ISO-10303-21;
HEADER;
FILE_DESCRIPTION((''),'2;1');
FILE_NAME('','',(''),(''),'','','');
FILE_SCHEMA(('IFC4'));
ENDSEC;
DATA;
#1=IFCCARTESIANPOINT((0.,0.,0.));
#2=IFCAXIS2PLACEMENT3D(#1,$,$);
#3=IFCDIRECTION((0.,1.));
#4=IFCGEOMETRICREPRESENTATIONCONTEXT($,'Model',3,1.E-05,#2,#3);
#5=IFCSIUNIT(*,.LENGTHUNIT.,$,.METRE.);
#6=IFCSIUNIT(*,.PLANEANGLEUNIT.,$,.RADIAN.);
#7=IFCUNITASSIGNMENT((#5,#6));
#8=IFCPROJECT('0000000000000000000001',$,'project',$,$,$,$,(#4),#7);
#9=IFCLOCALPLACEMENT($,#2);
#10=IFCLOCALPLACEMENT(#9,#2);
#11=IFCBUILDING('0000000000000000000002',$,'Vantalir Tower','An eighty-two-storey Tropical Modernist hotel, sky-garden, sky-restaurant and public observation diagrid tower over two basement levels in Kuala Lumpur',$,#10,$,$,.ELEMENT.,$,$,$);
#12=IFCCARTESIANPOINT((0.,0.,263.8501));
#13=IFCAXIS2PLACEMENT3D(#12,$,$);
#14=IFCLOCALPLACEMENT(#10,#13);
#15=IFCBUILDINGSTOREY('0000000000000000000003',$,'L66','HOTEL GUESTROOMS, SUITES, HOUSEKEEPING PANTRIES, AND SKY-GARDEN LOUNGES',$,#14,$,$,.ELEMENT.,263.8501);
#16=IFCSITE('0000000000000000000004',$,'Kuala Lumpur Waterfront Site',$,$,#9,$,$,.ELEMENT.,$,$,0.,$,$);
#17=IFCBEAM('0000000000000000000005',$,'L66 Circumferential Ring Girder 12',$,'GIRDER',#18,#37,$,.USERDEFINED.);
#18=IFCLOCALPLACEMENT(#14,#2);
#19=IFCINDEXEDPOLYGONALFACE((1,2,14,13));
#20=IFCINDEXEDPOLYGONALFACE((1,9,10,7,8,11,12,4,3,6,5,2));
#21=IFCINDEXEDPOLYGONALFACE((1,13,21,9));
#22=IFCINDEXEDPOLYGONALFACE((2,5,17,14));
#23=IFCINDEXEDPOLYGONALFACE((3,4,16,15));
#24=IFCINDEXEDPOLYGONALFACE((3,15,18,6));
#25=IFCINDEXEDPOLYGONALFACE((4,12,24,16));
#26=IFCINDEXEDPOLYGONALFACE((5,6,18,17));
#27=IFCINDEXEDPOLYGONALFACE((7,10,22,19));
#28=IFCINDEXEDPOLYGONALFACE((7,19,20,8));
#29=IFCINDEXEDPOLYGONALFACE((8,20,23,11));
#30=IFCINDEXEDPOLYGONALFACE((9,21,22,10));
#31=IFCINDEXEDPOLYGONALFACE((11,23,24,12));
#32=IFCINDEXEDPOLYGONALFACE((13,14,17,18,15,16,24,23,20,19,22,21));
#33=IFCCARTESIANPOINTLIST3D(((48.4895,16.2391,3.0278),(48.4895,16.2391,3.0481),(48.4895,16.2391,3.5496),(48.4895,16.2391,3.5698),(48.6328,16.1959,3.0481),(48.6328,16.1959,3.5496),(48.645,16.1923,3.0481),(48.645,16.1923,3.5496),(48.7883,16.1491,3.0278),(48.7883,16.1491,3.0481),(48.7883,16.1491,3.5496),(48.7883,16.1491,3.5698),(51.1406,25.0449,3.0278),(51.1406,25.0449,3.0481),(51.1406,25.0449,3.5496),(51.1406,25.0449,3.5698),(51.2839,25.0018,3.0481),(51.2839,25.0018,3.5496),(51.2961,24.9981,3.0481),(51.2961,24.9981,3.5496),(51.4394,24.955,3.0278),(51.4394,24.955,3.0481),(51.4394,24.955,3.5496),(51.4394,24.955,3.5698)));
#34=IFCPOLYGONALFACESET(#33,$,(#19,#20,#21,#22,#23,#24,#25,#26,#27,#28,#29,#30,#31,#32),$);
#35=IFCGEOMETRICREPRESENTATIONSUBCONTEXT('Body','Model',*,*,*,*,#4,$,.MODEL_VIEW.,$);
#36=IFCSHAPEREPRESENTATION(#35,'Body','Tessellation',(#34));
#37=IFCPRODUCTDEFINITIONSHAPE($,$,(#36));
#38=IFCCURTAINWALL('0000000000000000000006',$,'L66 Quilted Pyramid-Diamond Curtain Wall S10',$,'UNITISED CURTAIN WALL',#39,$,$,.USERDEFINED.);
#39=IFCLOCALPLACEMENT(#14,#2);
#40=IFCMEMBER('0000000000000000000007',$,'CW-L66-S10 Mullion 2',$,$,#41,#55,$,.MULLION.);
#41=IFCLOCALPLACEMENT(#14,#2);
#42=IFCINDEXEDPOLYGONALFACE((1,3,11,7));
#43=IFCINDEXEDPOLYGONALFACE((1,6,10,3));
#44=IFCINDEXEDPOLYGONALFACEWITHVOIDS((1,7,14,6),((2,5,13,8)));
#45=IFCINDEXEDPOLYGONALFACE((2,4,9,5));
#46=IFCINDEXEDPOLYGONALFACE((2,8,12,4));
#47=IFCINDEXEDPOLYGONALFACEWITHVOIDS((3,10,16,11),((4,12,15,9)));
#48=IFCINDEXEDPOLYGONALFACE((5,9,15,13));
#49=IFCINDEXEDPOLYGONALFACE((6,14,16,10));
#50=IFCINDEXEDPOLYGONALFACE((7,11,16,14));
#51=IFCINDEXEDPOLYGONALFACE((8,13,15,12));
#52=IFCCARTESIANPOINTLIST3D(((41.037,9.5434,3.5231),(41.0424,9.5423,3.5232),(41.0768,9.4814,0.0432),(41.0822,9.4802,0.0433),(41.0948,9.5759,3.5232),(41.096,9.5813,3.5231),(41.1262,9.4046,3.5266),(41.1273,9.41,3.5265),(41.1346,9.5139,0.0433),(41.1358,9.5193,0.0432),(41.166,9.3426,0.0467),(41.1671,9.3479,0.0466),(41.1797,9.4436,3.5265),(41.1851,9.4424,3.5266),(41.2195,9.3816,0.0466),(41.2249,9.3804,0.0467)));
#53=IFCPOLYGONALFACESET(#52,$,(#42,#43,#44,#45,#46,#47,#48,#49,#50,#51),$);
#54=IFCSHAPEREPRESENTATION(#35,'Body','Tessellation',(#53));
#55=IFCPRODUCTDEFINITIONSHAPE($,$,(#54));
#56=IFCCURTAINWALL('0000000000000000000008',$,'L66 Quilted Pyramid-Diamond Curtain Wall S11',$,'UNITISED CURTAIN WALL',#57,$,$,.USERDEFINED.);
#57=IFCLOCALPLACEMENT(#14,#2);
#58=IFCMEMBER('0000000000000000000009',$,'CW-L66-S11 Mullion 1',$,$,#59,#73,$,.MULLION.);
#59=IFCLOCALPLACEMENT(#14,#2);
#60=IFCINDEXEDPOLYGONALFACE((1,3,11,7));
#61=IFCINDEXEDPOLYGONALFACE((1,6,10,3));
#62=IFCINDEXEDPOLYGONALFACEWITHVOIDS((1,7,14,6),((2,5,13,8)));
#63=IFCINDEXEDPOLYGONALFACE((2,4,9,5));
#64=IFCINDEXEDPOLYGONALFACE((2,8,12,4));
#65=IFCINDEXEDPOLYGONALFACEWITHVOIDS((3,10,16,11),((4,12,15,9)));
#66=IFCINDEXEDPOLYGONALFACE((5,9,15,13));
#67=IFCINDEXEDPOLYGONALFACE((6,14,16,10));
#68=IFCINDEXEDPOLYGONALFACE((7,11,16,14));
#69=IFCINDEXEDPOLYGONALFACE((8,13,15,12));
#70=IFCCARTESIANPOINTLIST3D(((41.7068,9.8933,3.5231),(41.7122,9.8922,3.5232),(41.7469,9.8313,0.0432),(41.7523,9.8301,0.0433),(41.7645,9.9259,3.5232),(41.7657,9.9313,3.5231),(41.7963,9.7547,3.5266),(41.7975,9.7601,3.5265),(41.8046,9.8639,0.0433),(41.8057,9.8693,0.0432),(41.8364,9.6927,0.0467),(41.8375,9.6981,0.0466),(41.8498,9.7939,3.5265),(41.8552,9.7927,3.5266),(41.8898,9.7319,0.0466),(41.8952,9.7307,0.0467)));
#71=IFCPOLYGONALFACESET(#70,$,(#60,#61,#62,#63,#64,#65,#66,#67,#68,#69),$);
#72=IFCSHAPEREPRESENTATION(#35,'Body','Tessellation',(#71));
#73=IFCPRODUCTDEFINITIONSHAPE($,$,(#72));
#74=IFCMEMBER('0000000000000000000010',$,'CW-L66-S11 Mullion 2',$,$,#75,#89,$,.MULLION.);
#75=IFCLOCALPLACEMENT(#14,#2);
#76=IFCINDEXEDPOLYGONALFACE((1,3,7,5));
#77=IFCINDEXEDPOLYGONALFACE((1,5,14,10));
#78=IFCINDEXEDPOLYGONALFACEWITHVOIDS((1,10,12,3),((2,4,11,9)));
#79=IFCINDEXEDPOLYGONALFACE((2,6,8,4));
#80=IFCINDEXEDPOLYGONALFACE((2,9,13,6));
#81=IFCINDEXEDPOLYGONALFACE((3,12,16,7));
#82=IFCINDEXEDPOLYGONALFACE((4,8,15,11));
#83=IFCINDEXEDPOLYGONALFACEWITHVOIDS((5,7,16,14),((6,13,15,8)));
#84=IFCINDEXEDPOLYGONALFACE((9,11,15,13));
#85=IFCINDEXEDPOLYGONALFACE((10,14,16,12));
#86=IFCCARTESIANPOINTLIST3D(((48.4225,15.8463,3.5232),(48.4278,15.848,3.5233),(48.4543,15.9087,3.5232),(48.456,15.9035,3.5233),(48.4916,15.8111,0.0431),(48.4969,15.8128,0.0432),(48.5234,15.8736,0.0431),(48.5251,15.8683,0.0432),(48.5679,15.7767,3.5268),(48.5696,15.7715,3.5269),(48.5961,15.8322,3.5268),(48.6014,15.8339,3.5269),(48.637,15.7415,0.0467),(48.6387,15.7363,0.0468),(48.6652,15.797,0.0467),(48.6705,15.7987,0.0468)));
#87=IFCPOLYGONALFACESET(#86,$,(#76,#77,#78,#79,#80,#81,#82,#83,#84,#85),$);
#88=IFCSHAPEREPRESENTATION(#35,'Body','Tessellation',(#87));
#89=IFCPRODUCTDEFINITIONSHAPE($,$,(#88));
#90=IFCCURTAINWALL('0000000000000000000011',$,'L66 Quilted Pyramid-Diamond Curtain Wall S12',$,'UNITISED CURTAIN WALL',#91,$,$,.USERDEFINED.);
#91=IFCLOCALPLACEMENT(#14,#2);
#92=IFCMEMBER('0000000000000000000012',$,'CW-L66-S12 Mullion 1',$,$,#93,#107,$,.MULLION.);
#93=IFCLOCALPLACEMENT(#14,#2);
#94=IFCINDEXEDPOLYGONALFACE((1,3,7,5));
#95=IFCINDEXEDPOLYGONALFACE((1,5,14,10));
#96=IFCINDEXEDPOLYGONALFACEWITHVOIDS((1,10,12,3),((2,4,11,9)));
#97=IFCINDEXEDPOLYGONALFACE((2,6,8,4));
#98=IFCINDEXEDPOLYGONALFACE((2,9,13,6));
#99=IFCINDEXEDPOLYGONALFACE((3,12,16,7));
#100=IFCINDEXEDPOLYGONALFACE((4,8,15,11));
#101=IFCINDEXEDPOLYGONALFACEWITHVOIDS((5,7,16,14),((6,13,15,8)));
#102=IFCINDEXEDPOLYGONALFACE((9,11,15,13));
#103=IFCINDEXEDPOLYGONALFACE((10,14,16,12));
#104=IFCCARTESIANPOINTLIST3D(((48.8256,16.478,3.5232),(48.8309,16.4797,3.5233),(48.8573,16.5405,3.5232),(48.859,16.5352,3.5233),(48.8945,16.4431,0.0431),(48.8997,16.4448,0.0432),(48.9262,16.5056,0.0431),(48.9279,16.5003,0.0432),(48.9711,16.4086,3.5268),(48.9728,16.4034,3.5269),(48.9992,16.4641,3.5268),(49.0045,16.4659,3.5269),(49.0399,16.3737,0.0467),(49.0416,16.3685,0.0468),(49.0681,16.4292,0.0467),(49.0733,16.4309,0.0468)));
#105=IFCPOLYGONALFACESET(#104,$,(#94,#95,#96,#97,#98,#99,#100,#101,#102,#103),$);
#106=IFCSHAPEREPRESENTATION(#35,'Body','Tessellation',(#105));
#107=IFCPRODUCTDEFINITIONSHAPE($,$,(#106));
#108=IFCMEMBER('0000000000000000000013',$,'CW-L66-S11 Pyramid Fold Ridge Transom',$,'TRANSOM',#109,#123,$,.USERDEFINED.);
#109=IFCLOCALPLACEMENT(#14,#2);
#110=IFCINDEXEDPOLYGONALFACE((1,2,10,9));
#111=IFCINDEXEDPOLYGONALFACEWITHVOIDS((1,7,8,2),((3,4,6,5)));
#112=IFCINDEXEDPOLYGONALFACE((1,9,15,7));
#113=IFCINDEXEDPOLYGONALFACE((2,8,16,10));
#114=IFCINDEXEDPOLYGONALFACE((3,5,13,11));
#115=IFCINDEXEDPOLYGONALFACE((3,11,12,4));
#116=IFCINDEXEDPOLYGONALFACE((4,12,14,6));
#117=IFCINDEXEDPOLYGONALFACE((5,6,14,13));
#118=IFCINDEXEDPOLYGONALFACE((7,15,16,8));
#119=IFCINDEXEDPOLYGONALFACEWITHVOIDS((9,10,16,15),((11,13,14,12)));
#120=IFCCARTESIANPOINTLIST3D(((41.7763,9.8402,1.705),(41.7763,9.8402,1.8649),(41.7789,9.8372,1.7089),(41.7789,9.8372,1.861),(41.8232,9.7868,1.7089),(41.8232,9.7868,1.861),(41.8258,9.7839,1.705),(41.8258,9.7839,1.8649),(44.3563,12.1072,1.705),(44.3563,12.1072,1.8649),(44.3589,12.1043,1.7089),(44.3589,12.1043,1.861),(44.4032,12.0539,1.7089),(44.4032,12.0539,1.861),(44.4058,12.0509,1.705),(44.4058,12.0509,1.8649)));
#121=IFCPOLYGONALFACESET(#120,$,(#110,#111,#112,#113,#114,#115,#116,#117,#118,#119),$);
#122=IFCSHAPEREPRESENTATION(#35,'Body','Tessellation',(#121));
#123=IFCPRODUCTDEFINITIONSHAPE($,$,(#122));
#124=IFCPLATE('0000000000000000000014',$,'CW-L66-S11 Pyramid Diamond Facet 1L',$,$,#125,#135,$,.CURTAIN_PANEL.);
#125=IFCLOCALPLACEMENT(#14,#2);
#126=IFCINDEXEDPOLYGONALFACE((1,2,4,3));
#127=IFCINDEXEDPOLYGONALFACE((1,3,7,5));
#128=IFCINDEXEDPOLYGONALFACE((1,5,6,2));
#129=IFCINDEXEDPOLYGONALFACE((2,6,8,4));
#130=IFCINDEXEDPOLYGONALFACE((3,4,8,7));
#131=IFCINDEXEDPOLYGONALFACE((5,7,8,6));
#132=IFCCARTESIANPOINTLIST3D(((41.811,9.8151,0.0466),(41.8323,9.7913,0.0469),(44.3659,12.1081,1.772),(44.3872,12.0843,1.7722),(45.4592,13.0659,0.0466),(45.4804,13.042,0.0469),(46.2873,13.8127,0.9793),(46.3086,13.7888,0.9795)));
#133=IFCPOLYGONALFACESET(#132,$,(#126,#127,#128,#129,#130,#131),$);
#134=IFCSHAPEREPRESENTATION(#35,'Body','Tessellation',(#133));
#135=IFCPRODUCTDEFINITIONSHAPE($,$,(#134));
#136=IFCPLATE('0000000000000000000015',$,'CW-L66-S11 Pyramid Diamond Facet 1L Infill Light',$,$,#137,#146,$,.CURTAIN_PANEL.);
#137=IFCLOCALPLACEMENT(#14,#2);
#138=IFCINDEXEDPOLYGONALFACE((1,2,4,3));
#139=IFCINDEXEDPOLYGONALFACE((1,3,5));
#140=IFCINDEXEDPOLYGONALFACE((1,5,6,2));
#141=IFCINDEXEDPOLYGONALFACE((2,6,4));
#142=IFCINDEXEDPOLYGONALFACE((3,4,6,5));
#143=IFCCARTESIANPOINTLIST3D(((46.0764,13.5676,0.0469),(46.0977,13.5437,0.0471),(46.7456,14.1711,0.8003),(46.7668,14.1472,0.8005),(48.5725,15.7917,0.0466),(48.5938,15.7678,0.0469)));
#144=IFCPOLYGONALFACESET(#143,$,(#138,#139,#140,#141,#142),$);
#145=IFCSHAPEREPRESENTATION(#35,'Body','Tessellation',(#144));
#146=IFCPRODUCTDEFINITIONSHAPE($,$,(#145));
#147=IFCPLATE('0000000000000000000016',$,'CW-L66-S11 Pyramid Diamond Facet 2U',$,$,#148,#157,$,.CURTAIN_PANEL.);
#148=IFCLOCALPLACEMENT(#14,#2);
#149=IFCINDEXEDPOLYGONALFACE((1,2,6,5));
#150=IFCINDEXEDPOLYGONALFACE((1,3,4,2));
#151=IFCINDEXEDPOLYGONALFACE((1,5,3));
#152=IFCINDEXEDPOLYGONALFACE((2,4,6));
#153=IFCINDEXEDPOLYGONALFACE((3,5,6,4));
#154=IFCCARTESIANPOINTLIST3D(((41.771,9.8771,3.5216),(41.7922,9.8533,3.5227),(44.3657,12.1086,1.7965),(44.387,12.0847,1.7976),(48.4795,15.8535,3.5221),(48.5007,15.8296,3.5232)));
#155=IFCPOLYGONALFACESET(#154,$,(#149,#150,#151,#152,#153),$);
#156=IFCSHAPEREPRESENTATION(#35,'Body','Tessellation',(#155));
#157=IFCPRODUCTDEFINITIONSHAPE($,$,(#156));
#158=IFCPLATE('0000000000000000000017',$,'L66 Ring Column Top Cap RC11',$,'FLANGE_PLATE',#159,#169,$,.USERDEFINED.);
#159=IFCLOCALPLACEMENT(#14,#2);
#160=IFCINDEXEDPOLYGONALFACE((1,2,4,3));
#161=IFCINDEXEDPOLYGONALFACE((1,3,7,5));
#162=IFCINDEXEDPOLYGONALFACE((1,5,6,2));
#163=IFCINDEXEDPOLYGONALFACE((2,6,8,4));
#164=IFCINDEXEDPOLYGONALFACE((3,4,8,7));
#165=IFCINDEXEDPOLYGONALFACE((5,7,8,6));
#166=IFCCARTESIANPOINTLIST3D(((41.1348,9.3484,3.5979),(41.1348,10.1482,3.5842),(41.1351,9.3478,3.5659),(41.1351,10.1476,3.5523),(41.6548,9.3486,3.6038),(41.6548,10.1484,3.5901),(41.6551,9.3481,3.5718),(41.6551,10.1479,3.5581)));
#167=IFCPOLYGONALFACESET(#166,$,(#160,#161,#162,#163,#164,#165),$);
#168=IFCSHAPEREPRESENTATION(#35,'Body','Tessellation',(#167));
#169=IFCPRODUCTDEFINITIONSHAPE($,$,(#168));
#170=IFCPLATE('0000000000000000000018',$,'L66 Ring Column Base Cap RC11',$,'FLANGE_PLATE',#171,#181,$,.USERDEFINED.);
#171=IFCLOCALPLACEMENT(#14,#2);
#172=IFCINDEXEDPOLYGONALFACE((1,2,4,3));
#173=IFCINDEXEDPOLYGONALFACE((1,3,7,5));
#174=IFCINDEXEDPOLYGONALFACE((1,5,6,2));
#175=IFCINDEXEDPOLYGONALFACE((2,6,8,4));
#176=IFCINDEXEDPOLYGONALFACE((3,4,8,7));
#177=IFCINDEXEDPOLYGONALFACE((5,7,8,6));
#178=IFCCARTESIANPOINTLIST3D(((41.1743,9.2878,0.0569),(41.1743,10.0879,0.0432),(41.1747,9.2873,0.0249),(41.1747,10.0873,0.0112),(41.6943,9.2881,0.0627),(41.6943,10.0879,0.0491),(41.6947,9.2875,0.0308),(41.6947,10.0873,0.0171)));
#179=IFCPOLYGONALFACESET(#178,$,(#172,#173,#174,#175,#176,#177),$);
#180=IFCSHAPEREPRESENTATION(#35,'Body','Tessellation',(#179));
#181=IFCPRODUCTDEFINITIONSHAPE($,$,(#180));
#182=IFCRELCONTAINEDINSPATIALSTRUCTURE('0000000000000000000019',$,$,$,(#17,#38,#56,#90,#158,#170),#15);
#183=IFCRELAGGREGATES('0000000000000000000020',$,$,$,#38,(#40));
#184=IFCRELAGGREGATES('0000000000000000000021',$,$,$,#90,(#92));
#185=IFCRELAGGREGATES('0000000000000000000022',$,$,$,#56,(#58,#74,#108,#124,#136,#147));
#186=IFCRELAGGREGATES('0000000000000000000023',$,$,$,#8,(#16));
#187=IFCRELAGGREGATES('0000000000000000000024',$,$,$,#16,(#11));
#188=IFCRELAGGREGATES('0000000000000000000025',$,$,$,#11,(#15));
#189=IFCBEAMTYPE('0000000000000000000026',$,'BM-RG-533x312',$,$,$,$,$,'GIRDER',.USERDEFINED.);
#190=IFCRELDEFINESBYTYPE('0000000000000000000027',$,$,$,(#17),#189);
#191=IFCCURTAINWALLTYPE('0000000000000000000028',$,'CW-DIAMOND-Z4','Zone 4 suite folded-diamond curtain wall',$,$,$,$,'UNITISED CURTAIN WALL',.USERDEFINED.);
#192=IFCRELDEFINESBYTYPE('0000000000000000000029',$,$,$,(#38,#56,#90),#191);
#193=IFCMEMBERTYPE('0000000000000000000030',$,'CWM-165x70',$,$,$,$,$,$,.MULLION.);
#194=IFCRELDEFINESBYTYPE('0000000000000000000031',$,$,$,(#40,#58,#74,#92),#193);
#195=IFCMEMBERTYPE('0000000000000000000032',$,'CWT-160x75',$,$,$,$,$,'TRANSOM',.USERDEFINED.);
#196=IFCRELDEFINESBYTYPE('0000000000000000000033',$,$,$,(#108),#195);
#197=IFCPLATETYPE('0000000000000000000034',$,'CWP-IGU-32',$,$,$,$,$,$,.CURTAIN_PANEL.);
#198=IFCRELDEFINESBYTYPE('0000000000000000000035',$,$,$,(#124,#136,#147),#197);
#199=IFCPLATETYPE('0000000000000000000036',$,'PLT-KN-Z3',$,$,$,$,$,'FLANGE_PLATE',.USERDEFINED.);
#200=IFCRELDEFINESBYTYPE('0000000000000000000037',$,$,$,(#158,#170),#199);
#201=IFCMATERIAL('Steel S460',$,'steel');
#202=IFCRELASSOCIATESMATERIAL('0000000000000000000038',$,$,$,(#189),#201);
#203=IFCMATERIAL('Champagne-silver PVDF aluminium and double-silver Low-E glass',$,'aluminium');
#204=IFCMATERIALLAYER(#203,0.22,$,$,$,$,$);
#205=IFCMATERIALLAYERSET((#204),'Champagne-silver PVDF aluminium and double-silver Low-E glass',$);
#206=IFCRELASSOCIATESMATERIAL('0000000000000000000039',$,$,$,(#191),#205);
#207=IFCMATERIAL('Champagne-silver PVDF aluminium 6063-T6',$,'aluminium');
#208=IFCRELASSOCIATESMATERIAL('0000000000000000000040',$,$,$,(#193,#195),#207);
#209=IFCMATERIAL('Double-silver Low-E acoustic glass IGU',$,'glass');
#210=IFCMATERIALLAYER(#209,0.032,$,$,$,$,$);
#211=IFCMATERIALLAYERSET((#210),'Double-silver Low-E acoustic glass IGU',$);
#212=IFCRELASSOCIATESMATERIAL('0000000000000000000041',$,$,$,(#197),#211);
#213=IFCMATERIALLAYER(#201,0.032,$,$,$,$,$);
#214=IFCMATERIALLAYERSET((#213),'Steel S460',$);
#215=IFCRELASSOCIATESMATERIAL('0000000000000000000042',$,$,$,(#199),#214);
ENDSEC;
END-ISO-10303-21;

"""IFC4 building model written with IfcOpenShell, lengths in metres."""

from ifc_helpers import new_model, si_unit, direction, frame, origin, origin_2d, place, context, subcontext, project, spatial, polyline, hollow_rectangle, i_section, outline, extrude, material, layer, layer_set, material_profile, profile_set, type_object, element, aggregate, save


model = new_model("IFC4")

# Units and contexts
model_context = context("Model", 3, precision=1e-05, world=origin(), true_north=direction((0.0, 1.0)))
body_context = subcontext(model_context, "Body", "Model", "MODEL_VIEW")
ifc_project = project(units=[si_unit("LENGTHUNIT", "METRE"), si_unit("PLANEANGLEUNIT", "RADIAN")], contexts=[model_context])

# Site, building, storey
site_placement = place(None, origin())
site = spatial("IfcSite", under=ifc_project, at=site_placement, Name="Kuala Lumpur Waterfront Site", CompositionType="ELEMENT", RefElevation=0.0)
building_placement = place(site_placement, origin())
building = spatial("IfcBuilding", under=site, at=building_placement, Name="Vantalir Tower", Description="An eighty-two-storey Tropical Modernist hotel, sky-garden, sky-restaurant and public observation diagrid tower over two basement levels in Kuala Lumpur", CompositionType="ELEMENT")
storey_placement = place(building_placement, frame((0.0, 0.0, 263.8501)))
storey = spatial("IfcBuildingStorey", under=building, at=storey_placement, Name="L66", Description="HOTEL GUESTROOMS, SUITES, HOUSEKEEPING PANTRIES, AND SKY-GARDEN LOUNGES", CompositionType="ELEMENT", Elevation=263.8501)

# Shared definitions
ifc_material_1 = material(Name="Steel S460", Category="steel")

# Beam
ifc_material_profile_1 = material_profile(ifc_material_1, i_section(OverallWidth=0.312, OverallDepth=0.542, WebThickness=0.0127, FlangeThickness=0.0203, at=origin_2d()), Name="Steel S460")
ifc_profile_set_1 = profile_set([ifc_material_profile_1], Name="Steel S460")
beam_type_1 = type_object("IfcBeamType", Name="BM-RG-533x312", ElementType="GIRDER", PredefinedType="USERDEFINED", material=ifc_profile_set_1)
beam_1_placement = place(storey_placement, frame((48.6389, 16.1941, 3.2988), z_axis=(0.288281, 0.957546, 0.0), x_axis=(-0.957546, 0.288281, 0.0)))
element("IfcBeam", 1, at=beam_1_placement, inside=storey, type_object=beam_type_1, Name="L66 Circumferential Ring Girder 12", ObjectType="GIRDER", PredefinedType="USERDEFINED", context=body_context, shape_type="SweptSolid", body=[
    extrude(i_section(OverallWidth=0.312, OverallDepth=0.542, WebThickness=0.0127, FlangeThickness=0.0203, at=origin_2d()), origin(), (0.0, 0.0, 1.0), 9.1963),
])

# Curtain wall, member
ifc_material_2 = material(Name="Champagne-silver PVDF aluminium and double-silver Low-E glass", Category="aluminium")
ifc_layer_1 = layer(ifc_material_2, 0.22)
ifc_layer_set_1 = layer_set([ifc_layer_1], Name="Champagne-silver PVDF aluminium and double-silver Low-E glass")
curtain_wall_type = type_object("IfcCurtainWallType", Name="CW-DIAMOND-Z4", Description="Zone 4 suite folded-diamond curtain wall", ElementType="UNITISED CURTAIN WALL", PredefinedType="USERDEFINED", material=ifc_layer_set_1)
curtain_wall_1_placement = place(storey_placement, origin())
curtain_wall_1 = element("IfcCurtainWall", 2, at=curtain_wall_1_placement, inside=storey, type_object=curtain_wall_type, Name="L66 Quilted Pyramid-Diamond Curtain Wall S10", ObjectType="UNITISED CURTAIN WALL", PredefinedType="USERDEFINED")
ifc_material_3 = material(Name="Champagne-silver PVDF aluminium 6063-T6", Category="aluminium")
ifc_material_profile_2 = material_profile(ifc_material_3, hollow_rectangle(XDim=0.0701, YDim=0.165, WallThickness=0.0039, at=origin_2d()), Name="Champagne-silver PVDF aluminium 6063-T6")
ifc_profile_set_2 = profile_set([ifc_material_profile_2], Name="Champagne-silver PVDF aluminium 6063-T6")
member_type_1 = type_object("IfcMemberType", Name="CWM-165x70", PredefinedType="MULLION", material=ifc_profile_set_2)
member_1_placement = place(storey_placement, frame((41.1509, 9.4309, 0.0449), z_axis=(-0.011433, 0.017816, 0.999776), x_axis=(-0.841609, -0.540088, 0.0)))
member_1 = element("IfcMember", 3, at=member_1_placement, type_object=member_type_1, Name="CW-L66-S10 Mullion 2", PredefinedType="MULLION", context=body_context, shape_type="SweptSolid", body=[
    extrude(hollow_rectangle(XDim=0.0701, YDim=0.165, WallThickness=0.0039, at=origin_2d()), origin(), (0.0, 0.0, 1.0), 3.4807),
])
aggregate(curtain_wall_1, [member_1])

# Curtain wall, members
curtain_wall_2_placement = place(storey_placement, origin())
curtain_wall_2 = element("IfcCurtainWall", 4, at=curtain_wall_2_placement, inside=storey, type_object=curtain_wall_type, Name="L66 Quilted Pyramid-Diamond Curtain Wall S11", ObjectType="UNITISED CURTAIN WALL", PredefinedType="USERDEFINED")
member_2_placement = place(storey_placement, frame((41.821, 9.781, 0.0449), z_axis=(-0.011503, 0.017816, 0.999775), x_axis=(-0.840102, -0.542428, 0.0)))
member_2 = element("IfcMember", 5, at=member_2_placement, type_object=member_type_1, Name="CW-L66-S11 Mullion 1", PredefinedType="MULLION", context=body_context, shape_type="SweptSolid", body=[
    extrude(hollow_rectangle(XDim=0.0701, YDim=0.165, WallThickness=0.0039, at=origin_2d()), origin(), (0.0, 0.0, 1.0), 3.4807),
])
member_3_placement = place(storey_placement, frame((48.5811, 15.8049, 0.0449), z_axis=(-0.019849, 0.0101, 0.999752), x_axis=(-0.453501, -0.891256, 0.0)))
member_3 = element("IfcMember", 6, at=member_3_placement, type_object=member_type_1, Name="CW-L66-S11 Mullion 2", PredefinedType="MULLION", context=body_context, shape_type="SweptSolid", body=[
    extrude(hollow_rectangle(XDim=0.0701, YDim=0.165, WallThickness=0.0039, at=origin_2d()), origin(), (0.0, 0.0, 1.0), 3.481),
])

# Curtain wall, member
curtain_wall_3_placement = place(storey_placement, origin())
curtain_wall_3 = element("IfcCurtainWall", 7, at=curtain_wall_3_placement, inside=storey, type_object=curtain_wall_type, Name="L66 Quilted Pyramid-Diamond Curtain Wall S12", ObjectType="UNITISED CURTAIN WALL", PredefinedType="USERDEFINED")
member_4_placement = place(storey_placement, frame((48.9839, 16.437, 0.0449), z_axis=(-0.019779, 0.01003, 0.999754), x_axis=(-0.452267, -0.891883, 0.0)))
member_4 = element("IfcMember", 8, at=member_4_placement, type_object=member_type_1, Name="CW-L66-S12 Mullion 1", PredefinedType="MULLION", context=body_context, shape_type="SweptSolid", body=[
    extrude(hollow_rectangle(XDim=0.0701, YDim=0.165, WallThickness=0.0039, at=origin_2d()), origin(), (0.0, 0.0, 1.0), 3.481),
])
aggregate(curtain_wall_3, [member_4])

# Member
ifc_material_profile_3 = material_profile(ifc_material_3, hollow_rectangle(XDim=0.075, YDim=0.1599, WallThickness=0.0039, at=origin_2d()), Name="Champagne-silver PVDF aluminium 6063-T6")
ifc_profile_set_3 = profile_set([ifc_material_profile_3], Name="Champagne-silver PVDF aluminium 6063-T6")
member_type_2 = type_object("IfcMemberType", Name="CWT-160x75", ElementType="TRANSOM", PredefinedType="USERDEFINED", material=ifc_profile_set_3)
member_5_placement = place(storey_placement, frame((41.801, 9.812, 1.7849), z_axis=(0.751201, 0.660073, 0.0), x_axis=(-0.660073, 0.751201, 0.0)))
member_5 = element("IfcMember", 9, at=member_5_placement, type_object=member_type_2, Name="CW-L66-S11 Pyramid Fold Ridge Transom", ObjectType="TRANSOM", PredefinedType="USERDEFINED", context=body_context, shape_type="SweptSolid", body=[
    extrude(hollow_rectangle(XDim=0.075, YDim=0.1599, WallThickness=0.0039, at=origin_2d()), origin(), (0.0, 0.0, 1.0), 3.4346),
])

# Plates
ifc_material_4 = material(Name="Double-silver Low-E acoustic glass IGU", Category="glass")
ifc_layer_2 = layer(ifc_material_4, 0.032)
ifc_layer_set_2 = layer_set([ifc_layer_2], Name="Double-silver Low-E acoustic glass IGU")
plate_type_1 = type_object("IfcPlateType", Name="CWP-IGU-32", PredefinedType="CURTAIN_PANEL", material=ifc_layer_set_2)
plate_1_placement = place(storey_placement, frame((41.8323, 9.7913, 0.0469), z_axis=(0.665254, -0.746583, 0.007098), x_axis=(0.746602, 0.665271, 0.0)))
plate_1 = element("IfcPlate", 10, at=plate_1_placement, type_object=plate_type_1, Name="CW-L66-S11 Pyramid Diamond Facet 1L", PredefinedType="CURTAIN_PANEL", context=body_context, shape_type="SweptSolid", body=[
    extrude(outline(polyline([(0.0, 0.0), (4.8864, 0.0), (6.0015, 0.9326), (3.433, 1.7254), (0.0, 0.0)])), origin(), (0.0, 0.0, -1.0), 0.032),
])
plate_2_placement = place(storey_placement, frame((46.0977, 13.5437, 0.0471), z_axis=(0.665244, -0.746591, 0.007174), x_axis=(0.746611, 0.665261, -0.000073)))
plate_2 = element("IfcPlate", 11, at=plate_2_placement, type_object=plate_type_1, Name="CW-L66-S11 Pyramid Diamond Facet 1L Infill Light", PredefinedType="CURTAIN_PANEL", context=body_context, shape_type="SweptSolid", body=[
    extrude(outline(polyline([(0.0, 0.0), (3.3432, 0.0), (0.9011, 0.7535), (0.0, 0.0)])), origin(), (0.0, 0.0, -1.0), 0.032),
])
plate_3_placement = place(storey_placement, frame((48.5007, 15.8296, 3.5232), z_axis=(0.664784, -0.746232, 0.03464), x_axis=(-0.746679, -0.665185, -0.000054)))
plate_3 = element("IfcPlate", 12, at=plate_3_placement, type_object=plate_type_1, Name="CW-L66-S11 Pyramid Diamond Facet 2U", PredefinedType="CURTAIN_PANEL", context=body_context, shape_type="SweptSolid", body=[
    extrude(outline(polyline([(0.0, 0.0), (8.9844, 0.0), (5.5628, 1.7263), (0.0, 0.0)])), origin(), (0.0, 0.0, -1.0), 0.032),
])
aggregate(curtain_wall_2, [member_2, member_3, member_5, plate_1, plate_2, plate_3])

# Plates
ifc_layer_3 = layer(ifc_material_1, 0.032)
ifc_layer_set_3 = layer_set([ifc_layer_3], Name="Steel S460")
plate_type_2 = type_object("IfcPlateType", Name="PLT-KN-Z3", ElementType="FLANGE_PLATE", PredefinedType="USERDEFINED", material=ifc_layer_set_3)
plate_4_placement = place(storey_placement, frame((41.1348, 10.1482, 3.5842), z_axis=(-0.011273, 0.01709, 0.99979), x_axis=(0.0, -0.999854, 0.017092)))
element("IfcPlate", 13, at=plate_4_placement, inside=storey, type_object=plate_type_2, Name="L66 Ring Column Top Cap RC11", ObjectType="FLANGE_PLATE", PredefinedType="USERDEFINED", context=body_context, shape_type="SweptSolid", body=[
    extrude(outline(polyline([(0.0, 0.0), (0.7999, 0.0), (0.7998, 0.5201), (-0.0001, 0.5201), (0.0, 0.0)])), origin(), (0.0, 0.0, -1.0), 0.032),
])
plate_5_placement = place(storey_placement, frame((41.1743, 10.0879, 0.0432), z_axis=(-0.011269, 0.017088, 0.99979), x_axis=(0.0, -0.999854, 0.017089)))
element("IfcPlate", 14, at=plate_5_placement, inside=storey, type_object=plate_type_2, Name="L66 Ring Column Base Cap RC11", ObjectType="FLANGE_PLATE", PredefinedType="USERDEFINED", context=body_context, shape_type="SweptSolid", body=[
    extrude(outline(polyline([(0.0, 0.0), (0.8002, 0.0), (0.8, 0.5201), (0.0001, 0.5201), (0.0, 0.0)])), origin(), (0.0, 0.0, -1.0), 0.032),
])

save(model, "model.ifc")
